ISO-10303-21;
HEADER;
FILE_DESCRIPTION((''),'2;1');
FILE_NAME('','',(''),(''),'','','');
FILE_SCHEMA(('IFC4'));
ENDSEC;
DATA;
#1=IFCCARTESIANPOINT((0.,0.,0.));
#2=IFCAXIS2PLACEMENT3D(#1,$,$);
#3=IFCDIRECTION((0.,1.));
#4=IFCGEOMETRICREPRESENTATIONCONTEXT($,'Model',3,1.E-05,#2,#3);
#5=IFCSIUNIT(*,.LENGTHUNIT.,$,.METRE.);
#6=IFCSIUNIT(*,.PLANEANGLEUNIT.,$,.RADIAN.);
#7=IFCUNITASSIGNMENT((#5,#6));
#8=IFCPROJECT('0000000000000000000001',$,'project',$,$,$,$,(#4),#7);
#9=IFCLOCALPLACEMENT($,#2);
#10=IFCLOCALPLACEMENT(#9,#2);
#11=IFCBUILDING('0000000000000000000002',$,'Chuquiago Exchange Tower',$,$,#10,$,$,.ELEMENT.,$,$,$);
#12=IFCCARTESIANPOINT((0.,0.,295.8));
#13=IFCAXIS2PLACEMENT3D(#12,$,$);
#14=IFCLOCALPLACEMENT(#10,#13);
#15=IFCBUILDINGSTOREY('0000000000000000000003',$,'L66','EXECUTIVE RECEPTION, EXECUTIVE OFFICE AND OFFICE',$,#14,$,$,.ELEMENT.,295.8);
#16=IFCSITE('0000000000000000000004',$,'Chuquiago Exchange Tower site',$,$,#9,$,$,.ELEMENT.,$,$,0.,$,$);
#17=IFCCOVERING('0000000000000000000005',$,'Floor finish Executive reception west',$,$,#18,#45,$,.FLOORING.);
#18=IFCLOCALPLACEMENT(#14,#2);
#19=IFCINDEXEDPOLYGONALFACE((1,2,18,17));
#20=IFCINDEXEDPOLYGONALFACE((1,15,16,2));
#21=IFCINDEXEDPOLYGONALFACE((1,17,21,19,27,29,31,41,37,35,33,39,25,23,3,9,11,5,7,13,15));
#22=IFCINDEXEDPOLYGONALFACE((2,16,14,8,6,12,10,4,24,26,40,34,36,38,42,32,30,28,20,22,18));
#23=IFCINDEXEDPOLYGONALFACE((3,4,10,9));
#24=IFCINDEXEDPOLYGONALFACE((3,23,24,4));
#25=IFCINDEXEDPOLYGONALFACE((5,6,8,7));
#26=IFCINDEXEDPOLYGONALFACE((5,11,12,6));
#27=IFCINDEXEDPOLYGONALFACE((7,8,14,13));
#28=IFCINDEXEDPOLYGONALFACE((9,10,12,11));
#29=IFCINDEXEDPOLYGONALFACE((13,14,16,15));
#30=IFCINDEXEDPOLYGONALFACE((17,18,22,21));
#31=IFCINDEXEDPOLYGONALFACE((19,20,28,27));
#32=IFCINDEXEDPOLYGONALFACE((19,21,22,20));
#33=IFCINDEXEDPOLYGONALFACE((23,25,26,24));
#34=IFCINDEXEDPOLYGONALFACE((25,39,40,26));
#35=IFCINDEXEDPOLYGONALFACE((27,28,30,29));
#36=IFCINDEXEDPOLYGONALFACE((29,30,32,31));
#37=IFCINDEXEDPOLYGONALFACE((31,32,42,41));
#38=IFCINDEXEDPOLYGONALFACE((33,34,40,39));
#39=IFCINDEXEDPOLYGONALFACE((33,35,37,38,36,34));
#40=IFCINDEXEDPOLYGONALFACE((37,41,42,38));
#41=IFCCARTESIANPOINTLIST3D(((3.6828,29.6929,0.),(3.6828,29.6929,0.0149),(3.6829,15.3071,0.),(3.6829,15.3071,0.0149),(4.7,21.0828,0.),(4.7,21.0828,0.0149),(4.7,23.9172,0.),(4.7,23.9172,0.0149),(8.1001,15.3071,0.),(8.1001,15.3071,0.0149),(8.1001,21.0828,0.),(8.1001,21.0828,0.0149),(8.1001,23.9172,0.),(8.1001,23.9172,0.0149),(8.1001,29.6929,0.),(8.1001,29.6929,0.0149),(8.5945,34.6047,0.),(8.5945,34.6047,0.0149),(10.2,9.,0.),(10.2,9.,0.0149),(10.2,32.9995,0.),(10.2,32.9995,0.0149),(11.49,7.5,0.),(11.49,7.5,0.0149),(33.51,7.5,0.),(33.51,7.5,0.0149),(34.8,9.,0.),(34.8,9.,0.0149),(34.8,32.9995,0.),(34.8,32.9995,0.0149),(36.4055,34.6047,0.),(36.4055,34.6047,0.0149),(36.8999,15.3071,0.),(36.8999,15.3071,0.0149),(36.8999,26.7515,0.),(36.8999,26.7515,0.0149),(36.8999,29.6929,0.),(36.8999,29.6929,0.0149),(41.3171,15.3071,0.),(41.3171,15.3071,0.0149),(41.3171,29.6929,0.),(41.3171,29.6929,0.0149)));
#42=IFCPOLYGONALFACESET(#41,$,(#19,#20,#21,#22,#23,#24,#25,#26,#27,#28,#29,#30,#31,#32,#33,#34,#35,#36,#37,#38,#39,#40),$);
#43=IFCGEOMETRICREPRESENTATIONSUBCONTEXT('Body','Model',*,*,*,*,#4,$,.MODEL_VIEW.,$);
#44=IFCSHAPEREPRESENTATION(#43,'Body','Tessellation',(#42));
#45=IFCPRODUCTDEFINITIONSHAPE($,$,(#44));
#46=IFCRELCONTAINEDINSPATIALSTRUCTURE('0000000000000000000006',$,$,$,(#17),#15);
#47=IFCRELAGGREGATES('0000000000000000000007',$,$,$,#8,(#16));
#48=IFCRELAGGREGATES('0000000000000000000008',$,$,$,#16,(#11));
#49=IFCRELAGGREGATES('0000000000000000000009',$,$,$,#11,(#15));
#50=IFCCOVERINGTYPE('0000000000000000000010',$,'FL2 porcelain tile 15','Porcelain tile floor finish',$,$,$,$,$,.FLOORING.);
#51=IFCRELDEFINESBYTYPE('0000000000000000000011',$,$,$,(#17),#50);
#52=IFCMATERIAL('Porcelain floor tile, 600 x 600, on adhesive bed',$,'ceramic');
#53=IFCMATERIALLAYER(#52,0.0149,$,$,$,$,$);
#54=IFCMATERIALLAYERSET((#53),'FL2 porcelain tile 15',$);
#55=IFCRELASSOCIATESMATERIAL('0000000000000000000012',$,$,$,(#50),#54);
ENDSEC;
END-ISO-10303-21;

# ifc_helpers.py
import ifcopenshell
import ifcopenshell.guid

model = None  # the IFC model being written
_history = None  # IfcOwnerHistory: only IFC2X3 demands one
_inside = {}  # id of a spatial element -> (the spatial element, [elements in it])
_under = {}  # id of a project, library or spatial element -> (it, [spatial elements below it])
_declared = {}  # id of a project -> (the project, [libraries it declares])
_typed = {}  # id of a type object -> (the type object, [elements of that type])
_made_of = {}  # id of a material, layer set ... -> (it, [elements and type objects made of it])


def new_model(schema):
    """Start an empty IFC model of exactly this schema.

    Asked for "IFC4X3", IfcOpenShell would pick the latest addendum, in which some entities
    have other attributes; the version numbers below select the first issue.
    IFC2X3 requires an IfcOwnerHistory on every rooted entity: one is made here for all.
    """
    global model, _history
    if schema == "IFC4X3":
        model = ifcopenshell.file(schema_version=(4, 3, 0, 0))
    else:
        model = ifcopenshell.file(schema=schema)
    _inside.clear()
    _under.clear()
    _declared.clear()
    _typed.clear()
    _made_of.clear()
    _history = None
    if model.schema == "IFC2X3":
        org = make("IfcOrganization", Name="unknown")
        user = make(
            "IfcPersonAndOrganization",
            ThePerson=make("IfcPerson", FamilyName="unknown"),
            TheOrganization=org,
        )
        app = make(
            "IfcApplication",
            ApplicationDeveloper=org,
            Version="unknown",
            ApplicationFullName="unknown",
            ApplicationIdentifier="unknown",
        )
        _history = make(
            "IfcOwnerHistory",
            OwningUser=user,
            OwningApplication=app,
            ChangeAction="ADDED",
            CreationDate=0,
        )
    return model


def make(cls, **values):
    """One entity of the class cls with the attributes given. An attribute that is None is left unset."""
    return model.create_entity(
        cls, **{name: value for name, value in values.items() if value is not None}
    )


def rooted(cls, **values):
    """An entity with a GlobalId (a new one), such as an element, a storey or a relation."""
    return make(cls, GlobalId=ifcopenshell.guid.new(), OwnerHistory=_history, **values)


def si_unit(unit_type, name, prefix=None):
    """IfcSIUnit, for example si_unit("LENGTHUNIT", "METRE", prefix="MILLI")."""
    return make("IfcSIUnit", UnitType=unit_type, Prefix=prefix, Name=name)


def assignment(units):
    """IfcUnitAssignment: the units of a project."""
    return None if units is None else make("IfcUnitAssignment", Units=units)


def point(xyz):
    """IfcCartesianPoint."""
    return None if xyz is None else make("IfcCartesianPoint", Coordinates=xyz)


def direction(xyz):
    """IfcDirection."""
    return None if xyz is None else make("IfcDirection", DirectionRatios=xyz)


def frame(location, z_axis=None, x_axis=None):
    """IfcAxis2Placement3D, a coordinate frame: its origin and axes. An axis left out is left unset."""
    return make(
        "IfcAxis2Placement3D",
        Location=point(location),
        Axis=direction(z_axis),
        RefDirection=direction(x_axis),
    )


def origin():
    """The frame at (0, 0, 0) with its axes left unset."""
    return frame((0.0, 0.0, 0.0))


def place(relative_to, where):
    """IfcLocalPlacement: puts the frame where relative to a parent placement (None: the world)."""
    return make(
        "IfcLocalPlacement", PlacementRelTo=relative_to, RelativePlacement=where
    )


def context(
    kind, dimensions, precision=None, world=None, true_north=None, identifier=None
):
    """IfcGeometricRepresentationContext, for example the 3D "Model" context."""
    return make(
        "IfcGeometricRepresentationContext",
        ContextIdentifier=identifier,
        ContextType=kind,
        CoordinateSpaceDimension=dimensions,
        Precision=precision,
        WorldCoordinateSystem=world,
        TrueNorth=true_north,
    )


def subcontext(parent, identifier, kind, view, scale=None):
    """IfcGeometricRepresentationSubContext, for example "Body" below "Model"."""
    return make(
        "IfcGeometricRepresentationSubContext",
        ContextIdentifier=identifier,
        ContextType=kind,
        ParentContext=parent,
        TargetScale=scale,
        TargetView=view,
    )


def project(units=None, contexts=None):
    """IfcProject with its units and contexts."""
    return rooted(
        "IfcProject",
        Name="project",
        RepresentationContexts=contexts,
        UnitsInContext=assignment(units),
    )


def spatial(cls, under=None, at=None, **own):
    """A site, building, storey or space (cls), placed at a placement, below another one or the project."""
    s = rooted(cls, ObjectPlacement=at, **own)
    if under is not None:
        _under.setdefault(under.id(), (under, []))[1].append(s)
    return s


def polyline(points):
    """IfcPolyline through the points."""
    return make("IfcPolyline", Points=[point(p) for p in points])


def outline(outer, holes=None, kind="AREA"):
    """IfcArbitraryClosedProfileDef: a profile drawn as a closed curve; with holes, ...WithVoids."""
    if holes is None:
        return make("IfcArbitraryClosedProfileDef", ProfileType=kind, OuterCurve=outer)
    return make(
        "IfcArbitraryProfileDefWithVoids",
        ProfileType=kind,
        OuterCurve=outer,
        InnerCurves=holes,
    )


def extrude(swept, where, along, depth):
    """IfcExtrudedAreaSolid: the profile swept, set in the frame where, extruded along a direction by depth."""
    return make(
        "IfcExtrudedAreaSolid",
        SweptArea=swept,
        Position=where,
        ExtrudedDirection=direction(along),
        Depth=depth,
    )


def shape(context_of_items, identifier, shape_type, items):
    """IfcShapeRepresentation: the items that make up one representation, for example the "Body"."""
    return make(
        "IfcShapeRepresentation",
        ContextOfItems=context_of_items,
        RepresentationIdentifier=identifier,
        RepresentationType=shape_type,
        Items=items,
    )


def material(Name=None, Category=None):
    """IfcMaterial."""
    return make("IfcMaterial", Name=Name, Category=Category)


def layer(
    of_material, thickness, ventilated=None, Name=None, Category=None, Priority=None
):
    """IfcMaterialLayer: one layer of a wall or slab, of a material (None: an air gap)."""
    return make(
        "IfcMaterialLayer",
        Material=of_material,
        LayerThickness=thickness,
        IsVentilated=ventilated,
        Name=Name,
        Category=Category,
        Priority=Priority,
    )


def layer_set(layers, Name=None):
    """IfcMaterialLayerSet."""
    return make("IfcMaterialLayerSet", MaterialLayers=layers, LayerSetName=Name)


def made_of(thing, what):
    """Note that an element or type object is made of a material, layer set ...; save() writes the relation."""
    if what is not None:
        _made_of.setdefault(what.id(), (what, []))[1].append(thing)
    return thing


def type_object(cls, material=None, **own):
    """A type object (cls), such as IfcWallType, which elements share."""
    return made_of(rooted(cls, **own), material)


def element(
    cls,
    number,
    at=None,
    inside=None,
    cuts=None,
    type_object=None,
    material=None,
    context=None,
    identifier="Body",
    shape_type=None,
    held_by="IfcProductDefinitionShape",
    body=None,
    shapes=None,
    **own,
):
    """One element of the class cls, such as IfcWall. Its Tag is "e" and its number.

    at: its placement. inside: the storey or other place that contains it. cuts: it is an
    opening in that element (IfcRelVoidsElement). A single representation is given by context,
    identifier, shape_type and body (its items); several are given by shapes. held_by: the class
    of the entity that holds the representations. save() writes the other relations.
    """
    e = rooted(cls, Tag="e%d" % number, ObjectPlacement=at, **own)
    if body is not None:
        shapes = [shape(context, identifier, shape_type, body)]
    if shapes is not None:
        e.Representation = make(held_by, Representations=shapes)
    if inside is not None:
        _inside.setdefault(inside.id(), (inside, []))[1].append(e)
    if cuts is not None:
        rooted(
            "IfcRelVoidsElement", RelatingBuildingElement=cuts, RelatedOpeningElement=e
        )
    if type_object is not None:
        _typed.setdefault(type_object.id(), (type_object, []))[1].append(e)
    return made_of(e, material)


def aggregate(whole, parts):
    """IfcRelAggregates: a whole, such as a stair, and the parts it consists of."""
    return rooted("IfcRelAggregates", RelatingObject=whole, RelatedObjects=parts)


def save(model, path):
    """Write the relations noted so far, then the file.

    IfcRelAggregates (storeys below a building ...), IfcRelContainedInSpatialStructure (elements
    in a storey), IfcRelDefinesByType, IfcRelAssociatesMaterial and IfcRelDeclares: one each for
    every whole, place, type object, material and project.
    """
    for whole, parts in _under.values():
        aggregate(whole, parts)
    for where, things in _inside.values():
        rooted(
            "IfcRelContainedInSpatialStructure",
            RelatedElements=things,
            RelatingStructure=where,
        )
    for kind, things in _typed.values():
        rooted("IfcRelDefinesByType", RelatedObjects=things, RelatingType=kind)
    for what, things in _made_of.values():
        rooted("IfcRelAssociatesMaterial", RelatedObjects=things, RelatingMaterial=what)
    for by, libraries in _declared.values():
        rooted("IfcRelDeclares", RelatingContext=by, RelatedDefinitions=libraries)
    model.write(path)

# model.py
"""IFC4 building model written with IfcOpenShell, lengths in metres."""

from ifc_helpers import new_model, si_unit, direction, frame, origin, place, context, subcontext, project, spatial, polyline, outline, extrude, material, layer, layer_set, type_object, element, save


model = new_model("IFC4")

# Units and contexts
model_context = context("Model", 3, precision=1e-05, world=origin(), true_north=direction((0.0, 1.0)))
body_context = subcontext(model_context, "Body", "Model", "MODEL_VIEW")
ifc_project = project(units=[si_unit("LENGTHUNIT", "METRE"), si_unit("PLANEANGLEUNIT", "RADIAN")], contexts=[model_context])

# Site, building, storey
site_placement = place(None, origin())
site = spatial("IfcSite", under=ifc_project, at=site_placement, Name="Chuquiago Exchange Tower site", CompositionType="ELEMENT", RefElevation=0.0)
building_placement = place(site_placement, origin())
building = spatial("IfcBuilding", under=site, at=building_placement, Name="Chuquiago Exchange Tower", CompositionType="ELEMENT")
storey_placement = place(building_placement, frame((0.0, 0.0, 295.8)))
storey = spatial("IfcBuildingStorey", under=building, at=storey_placement, Name="L66", Description="EXECUTIVE RECEPTION, EXECUTIVE OFFICE AND OFFICE", CompositionType="ELEMENT", Elevation=295.8)

# Covering
ifc_material_1 = material(Name="Porcelain floor tile, 600 x 600, on adhesive bed", Category="ceramic")
ifc_layer_1 = layer(ifc_material_1, 0.0149)
ifc_layer_set_1 = layer_set([ifc_layer_1], Name="FL2 porcelain tile 15")
covering_type = type_object("IfcCoveringType", Name="FL2 porcelain tile 15", Description="Porcelain tile floor finish", PredefinedType="FLOORING", material=ifc_layer_set_1)
covering_placement = place(storey_placement, origin())
element("IfcCovering", 1, at=covering_placement, inside=storey, type_object=covering_type, Name="Floor finish Executive reception west", PredefinedType="FLOORING", context=body_context, shape_type="SweptSolid", body=[
    extrude(outline(polyline([(41.3171, 29.6929), (36.8999, 29.6929), (36.8999, 26.7515), (36.8999, 15.3071), (41.3171, 15.3071), (33.51, 7.5), (11.49, 7.5), (18.2485, 0.7415), (3.6829, 15.3071), (8.1001, 15.3071), (8.1001, 21.0828), (4.7, 21.0828), (4.7, 23.9172), (8.1001, 23.9172), (8.1001, 29.6929), (3.6829, 29.6929), (0.8506, 26.8606), (8.5945, 34.6047), (10.2, 32.9995), (10.2, 9.0), (34.8, 9.0), (34.8, 32.9995), (36.4055, 34.6047), (41.3171, 29.6929)])), origin(), (0.0, 0.0, 1.0), 0.0149),
])

save(model, "model.ifc")
